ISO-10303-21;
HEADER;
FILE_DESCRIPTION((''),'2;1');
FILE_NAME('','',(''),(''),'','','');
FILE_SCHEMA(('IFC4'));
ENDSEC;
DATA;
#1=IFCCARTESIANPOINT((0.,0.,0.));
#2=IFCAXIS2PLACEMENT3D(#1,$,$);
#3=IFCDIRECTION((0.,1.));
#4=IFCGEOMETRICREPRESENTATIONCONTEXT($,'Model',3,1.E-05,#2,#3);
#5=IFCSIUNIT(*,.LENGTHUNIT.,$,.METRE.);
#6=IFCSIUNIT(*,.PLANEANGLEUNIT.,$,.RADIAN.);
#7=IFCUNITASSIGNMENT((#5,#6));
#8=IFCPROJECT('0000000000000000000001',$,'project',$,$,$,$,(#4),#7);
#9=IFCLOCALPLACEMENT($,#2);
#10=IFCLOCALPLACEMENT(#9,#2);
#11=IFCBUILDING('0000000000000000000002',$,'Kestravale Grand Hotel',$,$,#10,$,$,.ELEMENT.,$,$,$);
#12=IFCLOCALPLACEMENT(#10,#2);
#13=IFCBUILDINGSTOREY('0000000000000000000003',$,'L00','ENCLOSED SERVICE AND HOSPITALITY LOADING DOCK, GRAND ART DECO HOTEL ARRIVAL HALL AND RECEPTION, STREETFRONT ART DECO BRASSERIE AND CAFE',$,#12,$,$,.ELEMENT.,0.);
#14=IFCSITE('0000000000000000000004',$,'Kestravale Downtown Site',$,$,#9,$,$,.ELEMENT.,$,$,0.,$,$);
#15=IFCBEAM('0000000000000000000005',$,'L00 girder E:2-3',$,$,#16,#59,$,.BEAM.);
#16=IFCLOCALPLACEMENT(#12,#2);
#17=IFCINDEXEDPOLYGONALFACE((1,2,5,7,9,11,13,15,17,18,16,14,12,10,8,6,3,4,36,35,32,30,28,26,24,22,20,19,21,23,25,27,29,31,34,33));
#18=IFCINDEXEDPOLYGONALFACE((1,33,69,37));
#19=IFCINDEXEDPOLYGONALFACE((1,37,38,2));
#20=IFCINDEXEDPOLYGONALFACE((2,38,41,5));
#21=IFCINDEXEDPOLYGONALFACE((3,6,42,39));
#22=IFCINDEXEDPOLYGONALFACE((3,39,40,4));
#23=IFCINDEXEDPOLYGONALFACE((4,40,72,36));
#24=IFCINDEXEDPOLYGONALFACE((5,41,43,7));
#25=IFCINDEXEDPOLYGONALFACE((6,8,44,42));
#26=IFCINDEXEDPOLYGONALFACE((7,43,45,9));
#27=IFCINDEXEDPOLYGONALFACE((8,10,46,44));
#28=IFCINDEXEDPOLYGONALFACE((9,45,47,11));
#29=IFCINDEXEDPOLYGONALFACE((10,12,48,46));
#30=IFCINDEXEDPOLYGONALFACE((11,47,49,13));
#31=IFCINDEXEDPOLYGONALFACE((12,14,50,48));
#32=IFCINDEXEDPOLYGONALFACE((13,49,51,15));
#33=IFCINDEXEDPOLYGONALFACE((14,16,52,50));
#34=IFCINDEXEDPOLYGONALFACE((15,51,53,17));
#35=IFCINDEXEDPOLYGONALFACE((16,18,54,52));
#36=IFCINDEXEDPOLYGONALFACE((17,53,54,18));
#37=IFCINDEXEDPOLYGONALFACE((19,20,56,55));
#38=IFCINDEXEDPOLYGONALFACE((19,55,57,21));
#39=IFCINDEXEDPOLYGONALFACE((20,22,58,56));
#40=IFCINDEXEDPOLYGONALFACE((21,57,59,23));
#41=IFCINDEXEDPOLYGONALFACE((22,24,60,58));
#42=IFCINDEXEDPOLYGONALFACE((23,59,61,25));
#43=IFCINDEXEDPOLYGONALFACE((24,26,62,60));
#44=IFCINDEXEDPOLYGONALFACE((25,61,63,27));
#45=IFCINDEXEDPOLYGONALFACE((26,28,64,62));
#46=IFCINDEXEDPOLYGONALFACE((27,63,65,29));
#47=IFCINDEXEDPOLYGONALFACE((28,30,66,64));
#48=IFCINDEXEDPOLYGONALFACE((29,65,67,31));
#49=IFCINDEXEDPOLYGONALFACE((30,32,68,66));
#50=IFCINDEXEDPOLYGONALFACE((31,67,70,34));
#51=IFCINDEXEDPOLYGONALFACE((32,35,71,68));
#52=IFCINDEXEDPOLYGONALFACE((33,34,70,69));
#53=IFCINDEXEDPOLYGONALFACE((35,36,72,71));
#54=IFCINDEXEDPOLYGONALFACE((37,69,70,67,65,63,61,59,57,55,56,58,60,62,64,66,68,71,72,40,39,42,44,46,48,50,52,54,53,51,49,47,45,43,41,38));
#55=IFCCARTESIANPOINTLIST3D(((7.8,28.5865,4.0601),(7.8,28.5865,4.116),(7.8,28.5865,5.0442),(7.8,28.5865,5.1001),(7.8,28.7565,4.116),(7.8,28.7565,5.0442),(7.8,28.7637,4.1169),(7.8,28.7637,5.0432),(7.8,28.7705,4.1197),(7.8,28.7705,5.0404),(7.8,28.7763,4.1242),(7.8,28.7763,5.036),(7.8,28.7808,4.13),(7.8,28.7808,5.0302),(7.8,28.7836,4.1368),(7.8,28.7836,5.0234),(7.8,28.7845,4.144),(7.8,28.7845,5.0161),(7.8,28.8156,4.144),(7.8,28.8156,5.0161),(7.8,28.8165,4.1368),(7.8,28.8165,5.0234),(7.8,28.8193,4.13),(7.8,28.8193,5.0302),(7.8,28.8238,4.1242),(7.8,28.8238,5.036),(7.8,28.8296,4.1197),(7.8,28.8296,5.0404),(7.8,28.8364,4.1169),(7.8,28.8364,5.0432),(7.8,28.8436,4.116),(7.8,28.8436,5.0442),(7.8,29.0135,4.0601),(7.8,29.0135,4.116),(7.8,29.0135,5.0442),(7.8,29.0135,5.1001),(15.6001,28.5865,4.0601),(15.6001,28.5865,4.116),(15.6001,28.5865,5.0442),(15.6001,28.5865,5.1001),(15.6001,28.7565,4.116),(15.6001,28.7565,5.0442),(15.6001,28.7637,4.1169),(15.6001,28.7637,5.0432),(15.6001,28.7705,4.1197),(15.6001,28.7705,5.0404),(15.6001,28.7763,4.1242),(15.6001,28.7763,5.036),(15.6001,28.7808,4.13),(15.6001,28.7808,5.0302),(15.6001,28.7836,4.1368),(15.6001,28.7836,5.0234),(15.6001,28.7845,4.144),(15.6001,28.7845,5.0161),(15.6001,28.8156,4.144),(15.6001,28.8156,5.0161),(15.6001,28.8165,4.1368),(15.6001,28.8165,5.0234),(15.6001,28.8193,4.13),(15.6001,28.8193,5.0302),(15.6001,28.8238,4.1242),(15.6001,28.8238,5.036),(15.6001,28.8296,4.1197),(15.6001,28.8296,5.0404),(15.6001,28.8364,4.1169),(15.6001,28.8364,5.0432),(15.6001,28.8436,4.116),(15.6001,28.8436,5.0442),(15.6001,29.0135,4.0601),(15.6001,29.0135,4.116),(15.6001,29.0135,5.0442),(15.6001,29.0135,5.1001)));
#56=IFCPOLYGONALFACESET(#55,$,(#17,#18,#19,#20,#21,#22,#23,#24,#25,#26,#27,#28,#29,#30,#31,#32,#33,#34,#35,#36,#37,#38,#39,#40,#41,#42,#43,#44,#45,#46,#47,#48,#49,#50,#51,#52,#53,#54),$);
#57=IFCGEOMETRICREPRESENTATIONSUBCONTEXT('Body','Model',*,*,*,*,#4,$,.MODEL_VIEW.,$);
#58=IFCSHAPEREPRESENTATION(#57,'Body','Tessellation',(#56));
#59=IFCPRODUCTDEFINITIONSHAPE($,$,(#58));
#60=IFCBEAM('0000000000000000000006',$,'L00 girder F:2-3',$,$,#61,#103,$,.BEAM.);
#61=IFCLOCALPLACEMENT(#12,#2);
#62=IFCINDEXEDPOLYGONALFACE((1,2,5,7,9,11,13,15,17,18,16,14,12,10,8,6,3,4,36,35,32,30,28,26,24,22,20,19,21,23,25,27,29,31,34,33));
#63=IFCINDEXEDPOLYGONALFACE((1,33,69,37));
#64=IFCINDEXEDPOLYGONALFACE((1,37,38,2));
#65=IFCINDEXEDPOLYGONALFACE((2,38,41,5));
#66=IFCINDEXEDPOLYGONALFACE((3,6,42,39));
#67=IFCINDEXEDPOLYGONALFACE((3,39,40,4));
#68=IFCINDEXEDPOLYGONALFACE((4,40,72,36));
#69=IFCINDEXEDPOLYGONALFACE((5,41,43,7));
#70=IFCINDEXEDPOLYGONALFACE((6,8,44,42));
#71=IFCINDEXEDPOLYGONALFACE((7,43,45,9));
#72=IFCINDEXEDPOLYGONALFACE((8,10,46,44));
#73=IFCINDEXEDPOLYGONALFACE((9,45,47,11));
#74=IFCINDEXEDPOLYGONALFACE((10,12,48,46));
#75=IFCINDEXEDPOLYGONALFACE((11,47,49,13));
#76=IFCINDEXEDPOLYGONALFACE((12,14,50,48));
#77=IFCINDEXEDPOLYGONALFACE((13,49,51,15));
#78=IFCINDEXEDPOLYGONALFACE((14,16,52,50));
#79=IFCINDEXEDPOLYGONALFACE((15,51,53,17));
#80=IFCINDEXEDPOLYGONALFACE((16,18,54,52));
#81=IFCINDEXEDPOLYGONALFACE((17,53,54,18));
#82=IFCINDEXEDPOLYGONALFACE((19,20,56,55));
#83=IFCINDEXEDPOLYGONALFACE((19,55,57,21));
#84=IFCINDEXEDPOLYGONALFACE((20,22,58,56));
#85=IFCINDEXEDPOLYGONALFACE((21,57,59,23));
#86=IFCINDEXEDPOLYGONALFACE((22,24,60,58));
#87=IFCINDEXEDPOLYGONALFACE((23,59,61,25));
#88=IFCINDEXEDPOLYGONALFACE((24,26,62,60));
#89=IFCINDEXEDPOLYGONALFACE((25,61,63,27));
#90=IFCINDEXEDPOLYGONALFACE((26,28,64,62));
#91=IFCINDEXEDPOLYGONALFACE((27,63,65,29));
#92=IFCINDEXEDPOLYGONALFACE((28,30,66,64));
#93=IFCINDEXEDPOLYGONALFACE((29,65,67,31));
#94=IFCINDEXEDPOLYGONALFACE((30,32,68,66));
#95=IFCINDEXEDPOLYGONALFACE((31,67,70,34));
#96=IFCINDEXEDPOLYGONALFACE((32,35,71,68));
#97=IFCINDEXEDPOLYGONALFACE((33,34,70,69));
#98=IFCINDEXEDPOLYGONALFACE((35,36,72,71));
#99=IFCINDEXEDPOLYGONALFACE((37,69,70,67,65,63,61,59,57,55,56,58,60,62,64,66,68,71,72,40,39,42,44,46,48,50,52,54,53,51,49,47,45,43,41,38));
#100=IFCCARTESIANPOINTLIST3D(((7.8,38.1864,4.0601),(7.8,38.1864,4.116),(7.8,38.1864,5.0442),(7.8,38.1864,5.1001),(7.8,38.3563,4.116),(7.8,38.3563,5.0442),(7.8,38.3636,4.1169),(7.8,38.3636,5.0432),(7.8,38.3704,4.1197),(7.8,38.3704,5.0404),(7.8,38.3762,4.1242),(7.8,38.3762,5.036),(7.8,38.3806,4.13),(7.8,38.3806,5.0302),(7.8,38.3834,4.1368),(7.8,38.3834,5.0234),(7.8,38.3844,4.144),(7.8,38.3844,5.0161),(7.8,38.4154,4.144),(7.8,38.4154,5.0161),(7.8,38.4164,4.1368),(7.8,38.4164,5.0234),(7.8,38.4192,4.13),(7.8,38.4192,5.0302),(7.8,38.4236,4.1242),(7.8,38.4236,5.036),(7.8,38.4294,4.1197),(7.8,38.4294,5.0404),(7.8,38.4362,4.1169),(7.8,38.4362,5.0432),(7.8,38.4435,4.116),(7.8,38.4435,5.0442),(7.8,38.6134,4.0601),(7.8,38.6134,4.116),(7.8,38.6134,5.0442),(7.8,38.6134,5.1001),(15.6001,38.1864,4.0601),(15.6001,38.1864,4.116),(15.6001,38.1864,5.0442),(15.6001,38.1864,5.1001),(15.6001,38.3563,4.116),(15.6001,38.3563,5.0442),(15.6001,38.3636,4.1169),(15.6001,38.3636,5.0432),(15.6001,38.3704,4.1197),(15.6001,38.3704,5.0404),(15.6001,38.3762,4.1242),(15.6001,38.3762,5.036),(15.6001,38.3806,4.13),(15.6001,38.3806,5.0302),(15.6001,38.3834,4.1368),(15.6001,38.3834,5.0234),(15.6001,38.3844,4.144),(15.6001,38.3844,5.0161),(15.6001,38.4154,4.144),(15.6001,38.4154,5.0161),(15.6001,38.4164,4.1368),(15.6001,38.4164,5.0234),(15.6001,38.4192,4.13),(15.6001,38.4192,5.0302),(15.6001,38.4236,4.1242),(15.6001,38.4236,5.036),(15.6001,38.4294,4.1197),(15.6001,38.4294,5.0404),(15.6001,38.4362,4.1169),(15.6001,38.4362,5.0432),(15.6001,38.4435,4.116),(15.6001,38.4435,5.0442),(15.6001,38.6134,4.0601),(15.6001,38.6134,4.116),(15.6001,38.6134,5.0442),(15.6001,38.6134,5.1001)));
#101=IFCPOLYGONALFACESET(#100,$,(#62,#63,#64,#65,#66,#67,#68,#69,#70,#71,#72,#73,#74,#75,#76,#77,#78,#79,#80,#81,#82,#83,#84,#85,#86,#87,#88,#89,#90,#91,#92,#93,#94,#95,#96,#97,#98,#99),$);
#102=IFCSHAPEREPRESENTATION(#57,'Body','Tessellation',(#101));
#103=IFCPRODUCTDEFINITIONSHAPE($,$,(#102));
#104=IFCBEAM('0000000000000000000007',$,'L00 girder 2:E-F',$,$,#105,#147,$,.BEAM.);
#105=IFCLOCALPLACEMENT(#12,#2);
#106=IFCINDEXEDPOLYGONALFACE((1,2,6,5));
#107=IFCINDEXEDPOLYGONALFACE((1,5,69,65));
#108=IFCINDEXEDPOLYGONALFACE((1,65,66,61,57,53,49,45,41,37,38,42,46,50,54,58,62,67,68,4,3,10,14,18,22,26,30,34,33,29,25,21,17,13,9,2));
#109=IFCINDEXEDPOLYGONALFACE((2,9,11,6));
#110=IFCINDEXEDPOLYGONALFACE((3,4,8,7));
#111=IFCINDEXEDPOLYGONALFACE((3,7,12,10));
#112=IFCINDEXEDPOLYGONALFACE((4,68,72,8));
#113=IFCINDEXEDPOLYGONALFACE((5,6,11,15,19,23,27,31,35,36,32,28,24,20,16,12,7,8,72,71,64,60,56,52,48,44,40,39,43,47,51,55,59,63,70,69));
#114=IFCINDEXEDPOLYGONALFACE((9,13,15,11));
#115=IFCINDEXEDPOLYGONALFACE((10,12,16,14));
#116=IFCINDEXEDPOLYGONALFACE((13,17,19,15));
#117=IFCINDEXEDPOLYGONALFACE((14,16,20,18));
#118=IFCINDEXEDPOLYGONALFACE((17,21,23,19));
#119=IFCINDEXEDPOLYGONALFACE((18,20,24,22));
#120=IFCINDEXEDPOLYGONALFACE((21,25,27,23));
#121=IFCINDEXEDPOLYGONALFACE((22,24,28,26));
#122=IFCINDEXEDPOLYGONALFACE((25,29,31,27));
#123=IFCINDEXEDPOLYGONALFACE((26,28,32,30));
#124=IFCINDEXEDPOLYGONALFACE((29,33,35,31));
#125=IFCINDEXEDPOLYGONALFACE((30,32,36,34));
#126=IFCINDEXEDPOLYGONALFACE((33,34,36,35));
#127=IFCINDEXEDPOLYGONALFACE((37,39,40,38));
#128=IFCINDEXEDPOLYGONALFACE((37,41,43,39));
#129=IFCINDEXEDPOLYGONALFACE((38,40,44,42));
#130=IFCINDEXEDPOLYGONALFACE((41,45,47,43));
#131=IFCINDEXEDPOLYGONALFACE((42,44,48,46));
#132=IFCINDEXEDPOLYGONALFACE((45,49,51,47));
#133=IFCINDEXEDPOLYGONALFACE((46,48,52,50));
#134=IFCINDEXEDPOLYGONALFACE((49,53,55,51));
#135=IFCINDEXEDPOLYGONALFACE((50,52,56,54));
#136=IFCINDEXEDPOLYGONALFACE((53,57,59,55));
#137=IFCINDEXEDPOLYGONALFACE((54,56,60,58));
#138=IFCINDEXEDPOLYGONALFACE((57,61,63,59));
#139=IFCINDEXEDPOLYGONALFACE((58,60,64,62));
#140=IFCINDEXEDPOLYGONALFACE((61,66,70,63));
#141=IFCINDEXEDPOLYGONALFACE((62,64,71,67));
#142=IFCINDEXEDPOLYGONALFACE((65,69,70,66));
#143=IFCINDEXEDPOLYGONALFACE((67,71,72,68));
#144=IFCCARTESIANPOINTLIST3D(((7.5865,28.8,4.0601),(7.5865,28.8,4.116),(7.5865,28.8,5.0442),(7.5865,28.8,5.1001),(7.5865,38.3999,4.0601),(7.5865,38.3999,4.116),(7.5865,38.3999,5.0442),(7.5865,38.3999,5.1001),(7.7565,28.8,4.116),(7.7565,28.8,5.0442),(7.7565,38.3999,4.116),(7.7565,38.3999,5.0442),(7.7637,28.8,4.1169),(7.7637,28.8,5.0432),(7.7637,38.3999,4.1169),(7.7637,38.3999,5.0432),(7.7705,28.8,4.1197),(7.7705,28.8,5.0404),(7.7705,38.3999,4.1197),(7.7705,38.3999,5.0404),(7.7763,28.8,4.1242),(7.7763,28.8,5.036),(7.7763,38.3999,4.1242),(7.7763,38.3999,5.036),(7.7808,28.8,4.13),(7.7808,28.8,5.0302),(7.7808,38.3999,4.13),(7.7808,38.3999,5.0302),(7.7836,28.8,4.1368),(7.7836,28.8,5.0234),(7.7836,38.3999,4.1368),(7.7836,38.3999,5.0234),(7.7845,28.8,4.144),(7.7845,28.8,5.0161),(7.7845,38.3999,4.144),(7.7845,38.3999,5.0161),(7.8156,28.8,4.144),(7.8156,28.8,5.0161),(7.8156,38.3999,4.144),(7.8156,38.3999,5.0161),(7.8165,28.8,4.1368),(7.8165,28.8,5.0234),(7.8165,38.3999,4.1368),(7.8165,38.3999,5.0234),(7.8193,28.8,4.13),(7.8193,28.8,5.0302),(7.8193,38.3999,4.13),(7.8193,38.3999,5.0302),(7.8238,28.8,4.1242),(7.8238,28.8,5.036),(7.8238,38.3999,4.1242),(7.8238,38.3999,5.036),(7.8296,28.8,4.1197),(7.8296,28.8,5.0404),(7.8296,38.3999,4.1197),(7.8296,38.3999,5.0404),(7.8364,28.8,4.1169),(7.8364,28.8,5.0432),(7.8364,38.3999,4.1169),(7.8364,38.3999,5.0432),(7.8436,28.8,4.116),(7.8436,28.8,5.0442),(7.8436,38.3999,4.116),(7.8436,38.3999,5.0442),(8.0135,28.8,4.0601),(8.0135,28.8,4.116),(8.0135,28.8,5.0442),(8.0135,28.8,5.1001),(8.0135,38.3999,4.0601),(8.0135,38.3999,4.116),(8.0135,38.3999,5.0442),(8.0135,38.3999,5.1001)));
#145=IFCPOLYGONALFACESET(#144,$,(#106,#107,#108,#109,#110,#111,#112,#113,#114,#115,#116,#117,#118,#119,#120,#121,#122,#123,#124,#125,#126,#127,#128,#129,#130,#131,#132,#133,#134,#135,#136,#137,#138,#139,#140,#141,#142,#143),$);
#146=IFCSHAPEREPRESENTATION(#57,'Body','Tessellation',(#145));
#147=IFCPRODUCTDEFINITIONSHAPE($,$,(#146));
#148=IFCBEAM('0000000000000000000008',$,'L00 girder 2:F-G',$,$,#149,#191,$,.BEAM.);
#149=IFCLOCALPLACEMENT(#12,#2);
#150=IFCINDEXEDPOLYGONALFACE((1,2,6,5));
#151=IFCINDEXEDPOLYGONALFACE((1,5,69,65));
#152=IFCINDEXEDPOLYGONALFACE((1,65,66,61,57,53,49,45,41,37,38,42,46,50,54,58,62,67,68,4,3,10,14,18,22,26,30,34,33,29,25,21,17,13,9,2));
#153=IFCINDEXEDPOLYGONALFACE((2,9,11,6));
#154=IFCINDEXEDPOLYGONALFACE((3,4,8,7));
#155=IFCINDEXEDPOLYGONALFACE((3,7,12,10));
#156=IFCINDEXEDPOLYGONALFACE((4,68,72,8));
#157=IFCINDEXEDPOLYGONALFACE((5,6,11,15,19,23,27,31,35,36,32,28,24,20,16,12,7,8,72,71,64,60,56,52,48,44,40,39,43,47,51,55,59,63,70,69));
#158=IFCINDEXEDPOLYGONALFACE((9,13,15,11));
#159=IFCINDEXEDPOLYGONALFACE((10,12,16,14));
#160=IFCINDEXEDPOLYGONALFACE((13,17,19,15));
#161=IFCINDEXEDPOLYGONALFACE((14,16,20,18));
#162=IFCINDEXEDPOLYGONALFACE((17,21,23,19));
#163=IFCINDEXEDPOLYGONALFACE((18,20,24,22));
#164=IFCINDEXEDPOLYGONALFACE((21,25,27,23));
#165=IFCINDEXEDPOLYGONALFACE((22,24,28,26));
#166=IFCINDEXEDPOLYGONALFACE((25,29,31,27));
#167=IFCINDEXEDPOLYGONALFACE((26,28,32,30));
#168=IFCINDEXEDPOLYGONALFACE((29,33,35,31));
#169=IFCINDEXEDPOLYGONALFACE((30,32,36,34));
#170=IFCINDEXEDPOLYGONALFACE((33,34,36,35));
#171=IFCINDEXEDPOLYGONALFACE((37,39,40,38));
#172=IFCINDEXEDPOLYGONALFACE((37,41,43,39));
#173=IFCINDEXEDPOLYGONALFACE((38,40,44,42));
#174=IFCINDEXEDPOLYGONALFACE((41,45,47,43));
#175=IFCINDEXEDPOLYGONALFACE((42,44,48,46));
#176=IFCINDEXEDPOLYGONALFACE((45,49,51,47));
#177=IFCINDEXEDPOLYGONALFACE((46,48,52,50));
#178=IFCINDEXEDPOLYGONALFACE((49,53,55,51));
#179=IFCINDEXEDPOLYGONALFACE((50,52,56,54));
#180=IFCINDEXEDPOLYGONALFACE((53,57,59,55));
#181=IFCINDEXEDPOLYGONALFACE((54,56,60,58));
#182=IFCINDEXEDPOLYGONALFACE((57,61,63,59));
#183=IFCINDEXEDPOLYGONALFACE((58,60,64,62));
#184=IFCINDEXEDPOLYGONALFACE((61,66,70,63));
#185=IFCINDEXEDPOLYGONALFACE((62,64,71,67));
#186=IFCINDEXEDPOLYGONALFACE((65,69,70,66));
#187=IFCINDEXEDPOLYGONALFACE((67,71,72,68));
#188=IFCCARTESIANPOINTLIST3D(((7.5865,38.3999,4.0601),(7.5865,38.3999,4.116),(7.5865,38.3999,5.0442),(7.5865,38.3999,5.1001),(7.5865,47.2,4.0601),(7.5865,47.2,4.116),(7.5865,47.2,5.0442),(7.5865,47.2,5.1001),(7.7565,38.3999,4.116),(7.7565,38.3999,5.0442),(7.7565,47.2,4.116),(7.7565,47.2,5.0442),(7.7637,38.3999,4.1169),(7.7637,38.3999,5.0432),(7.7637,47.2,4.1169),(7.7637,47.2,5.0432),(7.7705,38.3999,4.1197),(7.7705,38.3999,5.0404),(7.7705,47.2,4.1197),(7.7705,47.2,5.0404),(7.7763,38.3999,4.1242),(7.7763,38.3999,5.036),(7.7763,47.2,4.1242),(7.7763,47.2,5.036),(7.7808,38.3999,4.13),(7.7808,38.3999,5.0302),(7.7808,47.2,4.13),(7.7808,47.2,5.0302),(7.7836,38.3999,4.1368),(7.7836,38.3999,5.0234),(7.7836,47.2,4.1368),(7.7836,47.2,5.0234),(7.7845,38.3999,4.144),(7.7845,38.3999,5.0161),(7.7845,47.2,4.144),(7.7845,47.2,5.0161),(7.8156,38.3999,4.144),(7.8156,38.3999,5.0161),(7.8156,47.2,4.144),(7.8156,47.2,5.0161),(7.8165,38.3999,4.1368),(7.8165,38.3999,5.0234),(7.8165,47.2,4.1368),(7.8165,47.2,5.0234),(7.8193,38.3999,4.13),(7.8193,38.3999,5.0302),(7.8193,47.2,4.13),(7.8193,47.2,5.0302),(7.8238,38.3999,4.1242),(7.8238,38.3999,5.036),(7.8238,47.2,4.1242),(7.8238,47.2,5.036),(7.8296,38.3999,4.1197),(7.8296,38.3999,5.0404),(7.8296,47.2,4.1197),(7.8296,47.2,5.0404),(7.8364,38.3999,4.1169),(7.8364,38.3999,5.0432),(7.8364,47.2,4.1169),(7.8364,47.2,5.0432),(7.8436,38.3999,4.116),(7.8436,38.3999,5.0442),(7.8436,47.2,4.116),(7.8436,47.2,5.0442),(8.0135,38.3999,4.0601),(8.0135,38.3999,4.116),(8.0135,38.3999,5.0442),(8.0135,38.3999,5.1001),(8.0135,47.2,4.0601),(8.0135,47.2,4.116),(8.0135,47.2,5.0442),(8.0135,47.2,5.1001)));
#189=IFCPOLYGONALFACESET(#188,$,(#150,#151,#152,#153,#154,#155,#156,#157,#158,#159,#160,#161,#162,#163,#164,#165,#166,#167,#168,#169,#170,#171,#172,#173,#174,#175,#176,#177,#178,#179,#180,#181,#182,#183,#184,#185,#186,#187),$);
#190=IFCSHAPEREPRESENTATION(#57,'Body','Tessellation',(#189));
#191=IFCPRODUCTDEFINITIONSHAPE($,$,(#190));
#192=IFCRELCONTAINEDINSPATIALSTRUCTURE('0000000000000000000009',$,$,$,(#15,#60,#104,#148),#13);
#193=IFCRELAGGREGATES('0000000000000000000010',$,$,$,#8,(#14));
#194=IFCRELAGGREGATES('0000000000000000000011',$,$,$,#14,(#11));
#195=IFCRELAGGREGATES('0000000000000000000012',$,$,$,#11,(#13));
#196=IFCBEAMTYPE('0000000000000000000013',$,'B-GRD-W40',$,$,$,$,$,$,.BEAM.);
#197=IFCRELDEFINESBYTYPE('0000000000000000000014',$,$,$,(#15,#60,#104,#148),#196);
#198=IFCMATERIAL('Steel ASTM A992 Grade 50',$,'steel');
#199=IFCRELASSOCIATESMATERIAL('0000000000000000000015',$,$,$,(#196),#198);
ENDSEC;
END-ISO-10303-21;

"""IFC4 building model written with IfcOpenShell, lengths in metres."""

from ifc_helpers import new_model, si_unit, direction, frame, origin, origin_2d, place, context, subcontext, project, spatial, i_section, extrude, material, material_profile, profile_set, type_object, element, save


model = new_model("IFC4")

# Units and contexts
model_context = context("Model", 3, precision=1e-05, world=origin(), true_north=direction((0.0, 1.0)))
body_context = subcontext(model_context, "Body", "Model", "MODEL_VIEW")
ifc_project = project(units=[si_unit("LENGTHUNIT", "METRE"), si_unit("PLANEANGLEUNIT", "RADIAN")], contexts=[model_context])

# Site, building, storey
site_placement = place(None, origin())
site = spatial("IfcSite", under=ifc_project, at=site_placement, Name="Kestravale Downtown Site", CompositionType="ELEMENT", RefElevation=0.0)
building_placement = place(site_placement, origin())
building = spatial("IfcBuilding", under=site, at=building_placement, Name="Kestravale Grand Hotel", CompositionType="ELEMENT")
storey_placement = place(building_placement, origin())
storey = spatial("IfcBuildingStorey", under=building, at=storey_placement, Name="L00", Description="ENCLOSED SERVICE AND HOSPITALITY LOADING DOCK, GRAND ART DECO HOTEL ARRIVAL HALL AND RECEPTION, STREETFRONT ART DECO BRASSERIE AND CAFE", CompositionType="ELEMENT", Elevation=0.0)

# Beams
ifc_material_1 = material(Name="Steel ASTM A992 Grade 50", Category="steel")
ifc_material_profile_1 = material_profile(ifc_material_1, i_section(OverallWidth=0.427, OverallDepth=1.04, WebThickness=0.031, FlangeThickness=0.0559, FilletRadius=0.0281, at=origin_2d()))
ifc_profile_set_1 = profile_set([ifc_material_profile_1], Name="Steel ASTM A992 Grade 50")
beam_type_1 = type_object("IfcBeamType", Name="B-GRD-W40", PredefinedType="BEAM", material=ifc_profile_set_1)
for number, where, z_axis, x_axis, name in (
    (1, (7.8, 28.8, 4.5801), (1.0, 0.0, 0.0), (0.0, 1.0, 0.0), "L00 girder E:2-3"),
    (2, (7.8, 38.3999, 4.5801), (1.0, 0.0, 0.0), (0.0, 1.0, 0.0), "L00 girder F:2-3"),
):
    element("IfcBeam", number, at=place(storey_placement, frame(where, z_axis=z_axis, x_axis=x_axis)), inside=storey, type_object=beam_type_1, Name=name, PredefinedType="BEAM", context=body_context, shape_type="SweptSolid", body=[
        extrude(i_section(OverallWidth=0.427, OverallDepth=1.04, WebThickness=0.031, FlangeThickness=0.0559, FilletRadius=0.0281, at=origin_2d()), origin(), (0.0, 0.0, 1.0), 7.8),
    ])
beam_1_placement = place(storey_placement, frame((7.8, 28.8, 4.5801), z_axis=(0.0, 1.0, 0.0), x_axis=(-1.0, 0.0, 0.0)))
element("IfcBeam", 3, at=beam_1_placement, inside=storey, type_object=beam_type_1, Name="L00 girder 2:E-F", PredefinedType="BEAM", context=body_context, shape_type="SweptSolid", body=[
    extrude(i_section(OverallWidth=0.427, OverallDepth=1.04, WebThickness=0.031, FlangeThickness=0.0559, FilletRadius=0.0281, at=origin_2d()), origin(), (0.0, 0.0, 1.0), 9.5999),
])
beam_2_placement = place(storey_placement, frame((7.8, 38.3999, 4.5801), z_axis=(0.0, 1.0, 0.0), x_axis=(-1.0, 0.0, 0.0)))
element("IfcBeam", 4, at=beam_2_placement, inside=storey, type_object=beam_type_1, Name="L00 girder 2:F-G", PredefinedType="BEAM", context=body_context, shape_type="SweptSolid", body=[
    extrude(i_section(OverallWidth=0.427, OverallDepth=1.04, WebThickness=0.031, FlangeThickness=0.0559, FilletRadius=0.0281, at=origin_2d()), origin(), (0.0, 0.0, 1.0), 8.8),
])

save(model, "model.ifc")
